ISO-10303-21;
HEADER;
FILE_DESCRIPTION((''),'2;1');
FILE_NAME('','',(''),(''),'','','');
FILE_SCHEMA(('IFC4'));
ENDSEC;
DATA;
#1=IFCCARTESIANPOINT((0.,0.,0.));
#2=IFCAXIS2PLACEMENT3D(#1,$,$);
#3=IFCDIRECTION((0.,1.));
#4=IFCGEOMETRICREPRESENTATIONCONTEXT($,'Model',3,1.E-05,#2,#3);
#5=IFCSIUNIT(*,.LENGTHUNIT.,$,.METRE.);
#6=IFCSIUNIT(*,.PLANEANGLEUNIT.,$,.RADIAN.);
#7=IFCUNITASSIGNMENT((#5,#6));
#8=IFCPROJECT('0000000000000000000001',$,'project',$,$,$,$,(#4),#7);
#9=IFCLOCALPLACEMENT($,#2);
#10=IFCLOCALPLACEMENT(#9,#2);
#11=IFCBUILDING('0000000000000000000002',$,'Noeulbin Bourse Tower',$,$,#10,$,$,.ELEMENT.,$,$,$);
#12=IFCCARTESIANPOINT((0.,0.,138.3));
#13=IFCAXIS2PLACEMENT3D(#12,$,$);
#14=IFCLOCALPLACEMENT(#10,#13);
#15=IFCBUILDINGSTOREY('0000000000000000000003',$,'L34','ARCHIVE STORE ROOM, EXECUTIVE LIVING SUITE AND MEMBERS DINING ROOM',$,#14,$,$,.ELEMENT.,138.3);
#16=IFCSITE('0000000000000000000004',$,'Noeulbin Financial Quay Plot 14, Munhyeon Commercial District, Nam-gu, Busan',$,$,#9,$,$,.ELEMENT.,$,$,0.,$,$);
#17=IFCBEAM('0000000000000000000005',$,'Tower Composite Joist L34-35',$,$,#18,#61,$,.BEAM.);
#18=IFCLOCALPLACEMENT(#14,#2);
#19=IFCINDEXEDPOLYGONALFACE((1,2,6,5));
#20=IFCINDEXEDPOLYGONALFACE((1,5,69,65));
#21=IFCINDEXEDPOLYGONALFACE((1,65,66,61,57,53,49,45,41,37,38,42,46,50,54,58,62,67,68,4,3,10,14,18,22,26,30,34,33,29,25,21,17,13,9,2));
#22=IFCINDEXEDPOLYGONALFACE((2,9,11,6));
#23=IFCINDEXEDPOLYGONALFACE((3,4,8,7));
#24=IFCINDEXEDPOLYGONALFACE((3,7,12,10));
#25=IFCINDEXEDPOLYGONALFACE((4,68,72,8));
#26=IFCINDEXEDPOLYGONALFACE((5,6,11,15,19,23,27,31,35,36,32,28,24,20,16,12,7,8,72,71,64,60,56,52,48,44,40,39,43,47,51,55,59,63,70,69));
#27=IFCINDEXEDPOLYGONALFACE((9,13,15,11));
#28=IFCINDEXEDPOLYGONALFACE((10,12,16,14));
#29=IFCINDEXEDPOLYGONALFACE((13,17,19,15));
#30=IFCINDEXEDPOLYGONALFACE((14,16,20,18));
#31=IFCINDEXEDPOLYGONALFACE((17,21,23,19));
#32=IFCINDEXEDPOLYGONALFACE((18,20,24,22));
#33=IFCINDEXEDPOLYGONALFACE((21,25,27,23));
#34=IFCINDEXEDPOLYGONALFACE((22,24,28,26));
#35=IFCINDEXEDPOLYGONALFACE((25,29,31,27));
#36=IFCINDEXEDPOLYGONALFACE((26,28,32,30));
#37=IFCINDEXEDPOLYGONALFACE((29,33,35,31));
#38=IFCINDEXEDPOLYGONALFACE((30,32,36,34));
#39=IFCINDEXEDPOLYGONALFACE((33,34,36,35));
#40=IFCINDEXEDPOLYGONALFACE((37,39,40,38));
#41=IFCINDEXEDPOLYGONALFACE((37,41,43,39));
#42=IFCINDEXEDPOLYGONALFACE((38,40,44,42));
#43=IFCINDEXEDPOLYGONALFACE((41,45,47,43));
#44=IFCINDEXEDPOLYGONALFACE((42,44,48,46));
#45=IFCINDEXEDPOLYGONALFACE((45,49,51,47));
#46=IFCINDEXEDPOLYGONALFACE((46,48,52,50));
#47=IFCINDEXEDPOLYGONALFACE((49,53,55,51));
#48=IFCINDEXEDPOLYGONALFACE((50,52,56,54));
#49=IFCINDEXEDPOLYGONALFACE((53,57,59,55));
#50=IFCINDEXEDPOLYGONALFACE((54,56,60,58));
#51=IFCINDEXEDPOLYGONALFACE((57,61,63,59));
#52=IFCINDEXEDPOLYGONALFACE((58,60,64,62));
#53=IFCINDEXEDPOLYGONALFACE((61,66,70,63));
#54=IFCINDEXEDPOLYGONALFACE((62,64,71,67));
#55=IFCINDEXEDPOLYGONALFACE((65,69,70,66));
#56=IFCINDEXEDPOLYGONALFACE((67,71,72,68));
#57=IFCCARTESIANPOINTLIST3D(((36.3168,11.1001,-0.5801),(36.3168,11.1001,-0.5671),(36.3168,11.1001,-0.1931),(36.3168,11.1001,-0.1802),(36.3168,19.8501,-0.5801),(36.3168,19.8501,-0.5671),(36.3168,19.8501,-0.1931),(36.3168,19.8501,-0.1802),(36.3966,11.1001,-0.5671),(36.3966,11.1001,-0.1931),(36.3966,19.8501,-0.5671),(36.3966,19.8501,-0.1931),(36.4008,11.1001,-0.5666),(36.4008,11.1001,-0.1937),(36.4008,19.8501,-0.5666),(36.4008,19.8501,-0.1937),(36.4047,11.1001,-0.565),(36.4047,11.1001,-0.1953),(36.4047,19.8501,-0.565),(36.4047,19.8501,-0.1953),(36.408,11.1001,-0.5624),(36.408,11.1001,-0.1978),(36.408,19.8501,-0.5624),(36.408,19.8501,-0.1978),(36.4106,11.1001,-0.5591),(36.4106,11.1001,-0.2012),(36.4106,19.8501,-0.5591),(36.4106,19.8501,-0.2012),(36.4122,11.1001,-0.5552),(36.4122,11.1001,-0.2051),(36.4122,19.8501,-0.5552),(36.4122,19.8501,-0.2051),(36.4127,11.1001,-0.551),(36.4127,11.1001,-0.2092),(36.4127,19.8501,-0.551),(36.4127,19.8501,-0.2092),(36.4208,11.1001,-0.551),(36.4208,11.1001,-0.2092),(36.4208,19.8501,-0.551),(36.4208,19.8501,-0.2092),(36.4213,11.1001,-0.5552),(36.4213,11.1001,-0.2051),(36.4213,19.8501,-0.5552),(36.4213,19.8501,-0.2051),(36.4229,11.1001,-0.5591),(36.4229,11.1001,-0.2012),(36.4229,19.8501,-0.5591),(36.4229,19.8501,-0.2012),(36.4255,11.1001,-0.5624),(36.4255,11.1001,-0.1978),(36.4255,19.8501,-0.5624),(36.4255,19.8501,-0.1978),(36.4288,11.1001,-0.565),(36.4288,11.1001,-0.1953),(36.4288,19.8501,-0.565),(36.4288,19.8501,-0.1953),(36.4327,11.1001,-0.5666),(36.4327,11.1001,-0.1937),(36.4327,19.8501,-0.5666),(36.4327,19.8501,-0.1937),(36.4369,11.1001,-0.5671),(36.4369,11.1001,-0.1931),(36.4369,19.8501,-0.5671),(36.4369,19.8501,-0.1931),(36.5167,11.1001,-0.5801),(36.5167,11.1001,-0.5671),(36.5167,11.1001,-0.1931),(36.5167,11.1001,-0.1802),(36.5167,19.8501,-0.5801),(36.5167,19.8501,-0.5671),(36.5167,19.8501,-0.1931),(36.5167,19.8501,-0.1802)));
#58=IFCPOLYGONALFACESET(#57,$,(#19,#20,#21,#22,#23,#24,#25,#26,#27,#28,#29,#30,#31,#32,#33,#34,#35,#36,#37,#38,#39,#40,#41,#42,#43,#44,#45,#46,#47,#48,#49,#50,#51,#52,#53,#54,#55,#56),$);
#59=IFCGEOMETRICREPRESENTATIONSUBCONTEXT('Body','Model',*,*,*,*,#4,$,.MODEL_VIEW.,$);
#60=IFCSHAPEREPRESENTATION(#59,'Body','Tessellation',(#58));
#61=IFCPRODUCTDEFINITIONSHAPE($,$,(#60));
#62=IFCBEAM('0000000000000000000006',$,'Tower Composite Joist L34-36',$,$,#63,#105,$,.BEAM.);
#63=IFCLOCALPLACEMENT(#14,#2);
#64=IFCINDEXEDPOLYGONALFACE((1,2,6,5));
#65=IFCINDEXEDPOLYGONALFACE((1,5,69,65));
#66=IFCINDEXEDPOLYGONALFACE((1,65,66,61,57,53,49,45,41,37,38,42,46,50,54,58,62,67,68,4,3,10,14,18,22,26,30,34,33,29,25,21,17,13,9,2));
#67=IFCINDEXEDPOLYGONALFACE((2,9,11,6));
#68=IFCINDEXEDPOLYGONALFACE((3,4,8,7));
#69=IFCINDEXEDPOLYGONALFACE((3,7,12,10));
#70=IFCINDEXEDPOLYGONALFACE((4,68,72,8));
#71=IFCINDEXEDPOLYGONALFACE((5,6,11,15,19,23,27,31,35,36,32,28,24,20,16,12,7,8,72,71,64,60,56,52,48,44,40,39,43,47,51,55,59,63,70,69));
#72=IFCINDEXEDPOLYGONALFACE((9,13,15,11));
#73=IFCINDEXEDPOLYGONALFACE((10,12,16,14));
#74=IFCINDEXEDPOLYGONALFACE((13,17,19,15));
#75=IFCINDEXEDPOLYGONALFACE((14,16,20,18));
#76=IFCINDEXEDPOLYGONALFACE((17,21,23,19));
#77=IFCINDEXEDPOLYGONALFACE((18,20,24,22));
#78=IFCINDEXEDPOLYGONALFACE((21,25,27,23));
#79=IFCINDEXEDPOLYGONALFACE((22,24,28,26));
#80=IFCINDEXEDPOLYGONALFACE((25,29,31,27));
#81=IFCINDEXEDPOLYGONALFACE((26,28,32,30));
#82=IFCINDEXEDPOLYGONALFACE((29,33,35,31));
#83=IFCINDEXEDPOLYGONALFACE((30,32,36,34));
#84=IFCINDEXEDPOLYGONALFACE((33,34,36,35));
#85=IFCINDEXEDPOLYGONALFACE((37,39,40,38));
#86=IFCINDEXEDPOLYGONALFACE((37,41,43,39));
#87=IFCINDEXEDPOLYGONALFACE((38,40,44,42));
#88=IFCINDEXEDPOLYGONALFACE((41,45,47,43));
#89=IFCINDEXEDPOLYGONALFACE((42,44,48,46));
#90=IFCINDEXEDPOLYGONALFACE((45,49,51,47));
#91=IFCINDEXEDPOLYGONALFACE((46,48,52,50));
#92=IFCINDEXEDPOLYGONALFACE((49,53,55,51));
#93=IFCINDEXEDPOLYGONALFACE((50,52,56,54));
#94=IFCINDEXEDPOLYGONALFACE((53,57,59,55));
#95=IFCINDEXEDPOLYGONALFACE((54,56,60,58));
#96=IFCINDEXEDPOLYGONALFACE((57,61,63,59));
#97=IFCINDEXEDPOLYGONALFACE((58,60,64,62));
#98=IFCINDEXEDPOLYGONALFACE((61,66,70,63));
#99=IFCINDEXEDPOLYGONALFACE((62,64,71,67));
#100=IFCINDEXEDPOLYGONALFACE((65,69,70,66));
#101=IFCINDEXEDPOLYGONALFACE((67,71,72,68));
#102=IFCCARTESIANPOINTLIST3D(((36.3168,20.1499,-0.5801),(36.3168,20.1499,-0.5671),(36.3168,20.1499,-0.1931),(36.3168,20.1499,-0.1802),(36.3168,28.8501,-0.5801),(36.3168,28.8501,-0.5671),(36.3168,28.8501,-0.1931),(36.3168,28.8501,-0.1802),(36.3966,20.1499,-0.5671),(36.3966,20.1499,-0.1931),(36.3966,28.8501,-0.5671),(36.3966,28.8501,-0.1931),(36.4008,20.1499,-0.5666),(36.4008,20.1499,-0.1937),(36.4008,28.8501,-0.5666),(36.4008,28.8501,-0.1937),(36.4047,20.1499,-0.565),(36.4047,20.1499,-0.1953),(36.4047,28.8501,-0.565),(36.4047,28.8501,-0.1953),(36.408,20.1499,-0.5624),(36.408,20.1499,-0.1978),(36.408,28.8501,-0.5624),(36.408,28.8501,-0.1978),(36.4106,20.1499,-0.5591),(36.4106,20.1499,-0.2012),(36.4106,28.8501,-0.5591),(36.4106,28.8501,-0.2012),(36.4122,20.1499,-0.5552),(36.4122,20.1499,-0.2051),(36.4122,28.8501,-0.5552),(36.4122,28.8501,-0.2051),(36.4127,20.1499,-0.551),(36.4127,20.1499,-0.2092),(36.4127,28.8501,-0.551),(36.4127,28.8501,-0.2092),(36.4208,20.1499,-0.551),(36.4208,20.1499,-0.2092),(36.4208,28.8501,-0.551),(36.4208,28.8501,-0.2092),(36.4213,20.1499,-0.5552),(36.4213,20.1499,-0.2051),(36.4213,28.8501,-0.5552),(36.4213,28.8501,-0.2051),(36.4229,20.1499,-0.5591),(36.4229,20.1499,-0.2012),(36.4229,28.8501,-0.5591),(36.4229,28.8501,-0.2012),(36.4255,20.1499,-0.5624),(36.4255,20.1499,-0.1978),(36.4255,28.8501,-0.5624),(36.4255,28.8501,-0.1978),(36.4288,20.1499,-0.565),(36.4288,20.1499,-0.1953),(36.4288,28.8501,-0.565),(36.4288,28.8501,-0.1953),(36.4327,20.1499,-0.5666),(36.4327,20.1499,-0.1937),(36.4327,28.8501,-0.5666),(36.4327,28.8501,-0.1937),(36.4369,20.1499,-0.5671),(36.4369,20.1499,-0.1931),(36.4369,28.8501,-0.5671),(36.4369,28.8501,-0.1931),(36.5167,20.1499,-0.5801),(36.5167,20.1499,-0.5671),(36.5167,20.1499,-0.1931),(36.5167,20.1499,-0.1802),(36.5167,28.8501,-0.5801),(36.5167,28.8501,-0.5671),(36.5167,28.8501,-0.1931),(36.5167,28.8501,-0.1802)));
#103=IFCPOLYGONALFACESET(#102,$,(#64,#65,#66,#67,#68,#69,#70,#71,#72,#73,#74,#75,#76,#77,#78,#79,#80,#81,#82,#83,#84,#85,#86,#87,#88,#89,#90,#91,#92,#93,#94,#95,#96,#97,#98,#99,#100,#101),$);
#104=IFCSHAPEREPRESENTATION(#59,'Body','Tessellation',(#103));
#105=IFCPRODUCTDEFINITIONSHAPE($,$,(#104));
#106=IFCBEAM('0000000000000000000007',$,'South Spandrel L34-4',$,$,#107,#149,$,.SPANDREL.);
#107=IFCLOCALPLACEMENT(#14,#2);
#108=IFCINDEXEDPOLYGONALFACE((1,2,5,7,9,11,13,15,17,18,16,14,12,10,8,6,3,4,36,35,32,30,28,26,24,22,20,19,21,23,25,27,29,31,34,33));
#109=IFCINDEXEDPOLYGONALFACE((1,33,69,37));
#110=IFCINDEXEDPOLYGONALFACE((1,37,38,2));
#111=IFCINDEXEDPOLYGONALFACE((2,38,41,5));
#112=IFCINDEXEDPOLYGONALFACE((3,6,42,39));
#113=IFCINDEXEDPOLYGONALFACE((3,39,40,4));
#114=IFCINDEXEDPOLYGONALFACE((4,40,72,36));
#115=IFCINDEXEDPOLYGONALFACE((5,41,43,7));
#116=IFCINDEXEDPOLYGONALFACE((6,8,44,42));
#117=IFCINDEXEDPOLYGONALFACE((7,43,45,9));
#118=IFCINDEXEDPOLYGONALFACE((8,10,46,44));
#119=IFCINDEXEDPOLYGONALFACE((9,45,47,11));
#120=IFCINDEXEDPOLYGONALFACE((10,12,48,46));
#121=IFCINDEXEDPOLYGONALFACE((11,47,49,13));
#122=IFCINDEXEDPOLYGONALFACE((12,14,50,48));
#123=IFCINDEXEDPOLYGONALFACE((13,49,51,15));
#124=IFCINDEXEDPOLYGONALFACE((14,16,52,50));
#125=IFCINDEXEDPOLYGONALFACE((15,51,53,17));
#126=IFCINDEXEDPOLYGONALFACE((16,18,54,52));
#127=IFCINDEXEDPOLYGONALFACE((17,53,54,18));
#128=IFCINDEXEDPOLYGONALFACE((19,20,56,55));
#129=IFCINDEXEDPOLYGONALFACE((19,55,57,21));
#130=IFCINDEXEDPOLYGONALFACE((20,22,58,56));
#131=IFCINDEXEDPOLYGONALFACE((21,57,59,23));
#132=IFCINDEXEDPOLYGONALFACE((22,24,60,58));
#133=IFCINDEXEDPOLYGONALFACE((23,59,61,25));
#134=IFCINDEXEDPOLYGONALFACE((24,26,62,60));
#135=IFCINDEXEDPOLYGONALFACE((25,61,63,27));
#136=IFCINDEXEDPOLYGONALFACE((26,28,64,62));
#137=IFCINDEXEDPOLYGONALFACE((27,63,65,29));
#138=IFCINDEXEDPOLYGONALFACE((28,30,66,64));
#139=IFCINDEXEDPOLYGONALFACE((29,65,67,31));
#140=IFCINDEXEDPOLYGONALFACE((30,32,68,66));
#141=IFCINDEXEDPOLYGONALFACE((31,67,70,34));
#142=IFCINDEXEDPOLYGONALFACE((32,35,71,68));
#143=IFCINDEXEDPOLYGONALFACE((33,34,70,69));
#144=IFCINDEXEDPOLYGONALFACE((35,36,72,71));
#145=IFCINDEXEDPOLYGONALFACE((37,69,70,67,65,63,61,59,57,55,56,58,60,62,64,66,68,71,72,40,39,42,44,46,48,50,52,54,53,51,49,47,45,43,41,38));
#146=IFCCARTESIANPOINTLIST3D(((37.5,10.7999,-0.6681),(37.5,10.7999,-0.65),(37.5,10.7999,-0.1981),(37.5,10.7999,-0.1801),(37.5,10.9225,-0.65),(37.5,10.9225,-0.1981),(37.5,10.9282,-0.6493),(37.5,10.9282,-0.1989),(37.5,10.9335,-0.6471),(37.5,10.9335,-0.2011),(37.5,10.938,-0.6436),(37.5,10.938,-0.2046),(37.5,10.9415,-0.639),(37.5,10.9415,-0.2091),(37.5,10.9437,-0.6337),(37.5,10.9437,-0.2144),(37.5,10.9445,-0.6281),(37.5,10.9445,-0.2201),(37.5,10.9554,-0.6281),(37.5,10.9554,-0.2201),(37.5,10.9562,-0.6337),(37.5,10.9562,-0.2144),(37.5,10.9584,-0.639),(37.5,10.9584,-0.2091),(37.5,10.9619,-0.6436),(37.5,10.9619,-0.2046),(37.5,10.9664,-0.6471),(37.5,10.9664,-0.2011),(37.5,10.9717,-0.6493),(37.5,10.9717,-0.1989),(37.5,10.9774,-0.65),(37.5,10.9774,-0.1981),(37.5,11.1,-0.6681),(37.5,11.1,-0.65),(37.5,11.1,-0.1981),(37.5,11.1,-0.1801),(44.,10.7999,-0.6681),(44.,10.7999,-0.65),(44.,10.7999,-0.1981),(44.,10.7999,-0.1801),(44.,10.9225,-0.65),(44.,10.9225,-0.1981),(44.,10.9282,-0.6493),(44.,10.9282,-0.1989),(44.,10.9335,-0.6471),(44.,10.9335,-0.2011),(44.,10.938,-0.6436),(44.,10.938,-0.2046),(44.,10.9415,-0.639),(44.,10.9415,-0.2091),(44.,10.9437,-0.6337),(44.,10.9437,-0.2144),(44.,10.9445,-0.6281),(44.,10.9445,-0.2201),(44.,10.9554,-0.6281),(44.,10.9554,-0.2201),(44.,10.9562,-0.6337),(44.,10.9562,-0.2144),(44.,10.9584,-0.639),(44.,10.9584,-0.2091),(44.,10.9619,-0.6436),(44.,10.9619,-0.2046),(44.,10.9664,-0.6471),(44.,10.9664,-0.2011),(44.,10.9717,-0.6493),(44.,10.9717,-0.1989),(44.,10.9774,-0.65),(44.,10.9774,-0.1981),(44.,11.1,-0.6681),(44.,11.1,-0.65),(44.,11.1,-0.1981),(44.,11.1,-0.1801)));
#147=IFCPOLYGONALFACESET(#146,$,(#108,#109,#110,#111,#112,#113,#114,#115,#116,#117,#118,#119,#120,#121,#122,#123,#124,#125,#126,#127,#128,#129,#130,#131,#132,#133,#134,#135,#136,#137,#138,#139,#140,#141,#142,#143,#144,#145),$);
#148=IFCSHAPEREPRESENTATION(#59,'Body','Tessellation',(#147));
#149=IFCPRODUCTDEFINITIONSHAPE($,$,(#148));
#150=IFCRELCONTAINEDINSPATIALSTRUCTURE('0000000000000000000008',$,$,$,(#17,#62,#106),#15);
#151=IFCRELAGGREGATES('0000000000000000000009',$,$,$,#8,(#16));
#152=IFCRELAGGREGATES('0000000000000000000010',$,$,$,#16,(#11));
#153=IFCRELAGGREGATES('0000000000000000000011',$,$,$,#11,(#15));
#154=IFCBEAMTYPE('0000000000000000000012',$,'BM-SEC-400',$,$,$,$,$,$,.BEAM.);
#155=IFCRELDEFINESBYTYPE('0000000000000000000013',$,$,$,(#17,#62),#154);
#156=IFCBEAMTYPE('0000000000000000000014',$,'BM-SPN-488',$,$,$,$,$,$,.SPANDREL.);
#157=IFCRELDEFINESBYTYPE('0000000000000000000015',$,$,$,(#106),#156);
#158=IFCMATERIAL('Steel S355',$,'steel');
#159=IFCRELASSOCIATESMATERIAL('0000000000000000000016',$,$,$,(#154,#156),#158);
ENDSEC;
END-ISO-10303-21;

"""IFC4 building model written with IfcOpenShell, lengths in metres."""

from ifc_helpers import new_model, si_unit, direction, frame, origin, origin_2d, place, context, subcontext, project, spatial, i_section, extrude, material, material_profile, profile_set, type_object, element, save


model = new_model("IFC4")

# Units and contexts
model_context = context("Model", 3, precision=1e-05, world=origin(), true_north=direction((0.0, 1.0)))
body_context = subcontext(model_context, "Body", "Model", "MODEL_VIEW")
ifc_project = project(units=[si_unit("LENGTHUNIT", "METRE"), si_unit("PLANEANGLEUNIT", "RADIAN")], contexts=[model_context])

# Site, building, storey
site_placement = place(None, origin())
site = spatial("IfcSite", under=ifc_project, at=site_placement, Name="Noeulbin Financial Quay Plot 14, Munhyeon Commercial District, Nam-gu, Busan", CompositionType="ELEMENT", RefElevation=0.0)
building_placement = place(site_placement, origin())
building = spatial("IfcBuilding", under=site, at=building_placement, Name="Noeulbin Bourse Tower", CompositionType="ELEMENT")
storey_placement = place(building_placement, frame((0.0, 0.0, 138.3)))
storey = spatial("IfcBuildingStorey", under=building, at=storey_placement, Name="L34", Description="ARCHIVE STORE ROOM, EXECUTIVE LIVING SUITE AND MEMBERS DINING ROOM", CompositionType="ELEMENT", Elevation=138.3)

# Shared definitions
ifc_material_1 = material(Name="Steel S355", Category="steel")

# Beams
ifc_material_profile_1 = material_profile(ifc_material_1, i_section(OverallWidth=0.2, OverallDepth=0.3999, WebThickness=0.0081, FlangeThickness=0.0129, FilletRadius=0.0161, at=origin_2d()), Name="H-400x200x8x13", Category="LoadBearing")
ifc_profile_set_1 = profile_set([ifc_material_profile_1], Name="Steel S355")
beam_type_1 = type_object("IfcBeamType", Name="BM-SEC-400", PredefinedType="BEAM", material=ifc_profile_set_1)
beam_1_placement = place(storey_placement, frame((36.4167, 11.1001, -0.3801), z_axis=(0.0, 1.0, 0.0), x_axis=(-1.0, 0.0, 0.0)))
element("IfcBeam", 1, at=beam_1_placement, inside=storey, type_object=beam_type_1, Name="Tower Composite Joist L34-35", PredefinedType="BEAM", context=body_context, shape_type="SweptSolid", body=[
    extrude(i_section(OverallWidth=0.2, OverallDepth=0.3999, WebThickness=0.0081, FlangeThickness=0.0129, FilletRadius=0.0161, at=origin_2d()), origin(), (0.0, 0.0, 1.0), 8.75),
])
beam_2_placement = place(storey_placement, frame((36.4167, 20.1499, -0.3801), z_axis=(0.0, 1.0, 0.0), x_axis=(-1.0, 0.0, 0.0)))
element("IfcBeam", 2, at=beam_2_placement, inside=storey, type_object=beam_type_1, Name="Tower Composite Joist L34-36", PredefinedType="BEAM", context=body_context, shape_type="SweptSolid", body=[
    extrude(i_section(OverallWidth=0.2, OverallDepth=0.3999, WebThickness=0.0081, FlangeThickness=0.0129, FilletRadius=0.0161, at=origin_2d()), origin(), (0.0, 0.0, 1.0), 8.7002),
])
ifc_material_profile_2 = material_profile(ifc_material_1, i_section(OverallWidth=0.3, OverallDepth=0.488, WebThickness=0.011, FlangeThickness=0.0181, FilletRadius=0.022, at=origin_2d()), Name="H-488x300x11x18", Category="LoadBearing")
ifc_profile_set_2 = profile_set([ifc_material_profile_2], Name="Steel S355")
beam_type_2 = type_object("IfcBeamType", Name="BM-SPN-488", PredefinedType="SPANDREL", material=ifc_profile_set_2)
beam_3_placement = place(storey_placement, frame((37.5, 10.95, -0.4241), z_axis=(1.0, 0.0, 0.0), x_axis=(0.0, 1.0, 0.0)))
element("IfcBeam", 3, at=beam_3_placement, inside=storey, type_object=beam_type_2, Name="South Spandrel L34-4", PredefinedType="SPANDREL", context=body_context, shape_type="SweptSolid", body=[
    extrude(i_section(OverallWidth=0.3, OverallDepth=0.488, WebThickness=0.011, FlangeThickness=0.0181, FilletRadius=0.022, at=origin_2d()), origin(), (0.0, 0.0, 1.0), 6.5),
])

save(model, "model.ifc")
